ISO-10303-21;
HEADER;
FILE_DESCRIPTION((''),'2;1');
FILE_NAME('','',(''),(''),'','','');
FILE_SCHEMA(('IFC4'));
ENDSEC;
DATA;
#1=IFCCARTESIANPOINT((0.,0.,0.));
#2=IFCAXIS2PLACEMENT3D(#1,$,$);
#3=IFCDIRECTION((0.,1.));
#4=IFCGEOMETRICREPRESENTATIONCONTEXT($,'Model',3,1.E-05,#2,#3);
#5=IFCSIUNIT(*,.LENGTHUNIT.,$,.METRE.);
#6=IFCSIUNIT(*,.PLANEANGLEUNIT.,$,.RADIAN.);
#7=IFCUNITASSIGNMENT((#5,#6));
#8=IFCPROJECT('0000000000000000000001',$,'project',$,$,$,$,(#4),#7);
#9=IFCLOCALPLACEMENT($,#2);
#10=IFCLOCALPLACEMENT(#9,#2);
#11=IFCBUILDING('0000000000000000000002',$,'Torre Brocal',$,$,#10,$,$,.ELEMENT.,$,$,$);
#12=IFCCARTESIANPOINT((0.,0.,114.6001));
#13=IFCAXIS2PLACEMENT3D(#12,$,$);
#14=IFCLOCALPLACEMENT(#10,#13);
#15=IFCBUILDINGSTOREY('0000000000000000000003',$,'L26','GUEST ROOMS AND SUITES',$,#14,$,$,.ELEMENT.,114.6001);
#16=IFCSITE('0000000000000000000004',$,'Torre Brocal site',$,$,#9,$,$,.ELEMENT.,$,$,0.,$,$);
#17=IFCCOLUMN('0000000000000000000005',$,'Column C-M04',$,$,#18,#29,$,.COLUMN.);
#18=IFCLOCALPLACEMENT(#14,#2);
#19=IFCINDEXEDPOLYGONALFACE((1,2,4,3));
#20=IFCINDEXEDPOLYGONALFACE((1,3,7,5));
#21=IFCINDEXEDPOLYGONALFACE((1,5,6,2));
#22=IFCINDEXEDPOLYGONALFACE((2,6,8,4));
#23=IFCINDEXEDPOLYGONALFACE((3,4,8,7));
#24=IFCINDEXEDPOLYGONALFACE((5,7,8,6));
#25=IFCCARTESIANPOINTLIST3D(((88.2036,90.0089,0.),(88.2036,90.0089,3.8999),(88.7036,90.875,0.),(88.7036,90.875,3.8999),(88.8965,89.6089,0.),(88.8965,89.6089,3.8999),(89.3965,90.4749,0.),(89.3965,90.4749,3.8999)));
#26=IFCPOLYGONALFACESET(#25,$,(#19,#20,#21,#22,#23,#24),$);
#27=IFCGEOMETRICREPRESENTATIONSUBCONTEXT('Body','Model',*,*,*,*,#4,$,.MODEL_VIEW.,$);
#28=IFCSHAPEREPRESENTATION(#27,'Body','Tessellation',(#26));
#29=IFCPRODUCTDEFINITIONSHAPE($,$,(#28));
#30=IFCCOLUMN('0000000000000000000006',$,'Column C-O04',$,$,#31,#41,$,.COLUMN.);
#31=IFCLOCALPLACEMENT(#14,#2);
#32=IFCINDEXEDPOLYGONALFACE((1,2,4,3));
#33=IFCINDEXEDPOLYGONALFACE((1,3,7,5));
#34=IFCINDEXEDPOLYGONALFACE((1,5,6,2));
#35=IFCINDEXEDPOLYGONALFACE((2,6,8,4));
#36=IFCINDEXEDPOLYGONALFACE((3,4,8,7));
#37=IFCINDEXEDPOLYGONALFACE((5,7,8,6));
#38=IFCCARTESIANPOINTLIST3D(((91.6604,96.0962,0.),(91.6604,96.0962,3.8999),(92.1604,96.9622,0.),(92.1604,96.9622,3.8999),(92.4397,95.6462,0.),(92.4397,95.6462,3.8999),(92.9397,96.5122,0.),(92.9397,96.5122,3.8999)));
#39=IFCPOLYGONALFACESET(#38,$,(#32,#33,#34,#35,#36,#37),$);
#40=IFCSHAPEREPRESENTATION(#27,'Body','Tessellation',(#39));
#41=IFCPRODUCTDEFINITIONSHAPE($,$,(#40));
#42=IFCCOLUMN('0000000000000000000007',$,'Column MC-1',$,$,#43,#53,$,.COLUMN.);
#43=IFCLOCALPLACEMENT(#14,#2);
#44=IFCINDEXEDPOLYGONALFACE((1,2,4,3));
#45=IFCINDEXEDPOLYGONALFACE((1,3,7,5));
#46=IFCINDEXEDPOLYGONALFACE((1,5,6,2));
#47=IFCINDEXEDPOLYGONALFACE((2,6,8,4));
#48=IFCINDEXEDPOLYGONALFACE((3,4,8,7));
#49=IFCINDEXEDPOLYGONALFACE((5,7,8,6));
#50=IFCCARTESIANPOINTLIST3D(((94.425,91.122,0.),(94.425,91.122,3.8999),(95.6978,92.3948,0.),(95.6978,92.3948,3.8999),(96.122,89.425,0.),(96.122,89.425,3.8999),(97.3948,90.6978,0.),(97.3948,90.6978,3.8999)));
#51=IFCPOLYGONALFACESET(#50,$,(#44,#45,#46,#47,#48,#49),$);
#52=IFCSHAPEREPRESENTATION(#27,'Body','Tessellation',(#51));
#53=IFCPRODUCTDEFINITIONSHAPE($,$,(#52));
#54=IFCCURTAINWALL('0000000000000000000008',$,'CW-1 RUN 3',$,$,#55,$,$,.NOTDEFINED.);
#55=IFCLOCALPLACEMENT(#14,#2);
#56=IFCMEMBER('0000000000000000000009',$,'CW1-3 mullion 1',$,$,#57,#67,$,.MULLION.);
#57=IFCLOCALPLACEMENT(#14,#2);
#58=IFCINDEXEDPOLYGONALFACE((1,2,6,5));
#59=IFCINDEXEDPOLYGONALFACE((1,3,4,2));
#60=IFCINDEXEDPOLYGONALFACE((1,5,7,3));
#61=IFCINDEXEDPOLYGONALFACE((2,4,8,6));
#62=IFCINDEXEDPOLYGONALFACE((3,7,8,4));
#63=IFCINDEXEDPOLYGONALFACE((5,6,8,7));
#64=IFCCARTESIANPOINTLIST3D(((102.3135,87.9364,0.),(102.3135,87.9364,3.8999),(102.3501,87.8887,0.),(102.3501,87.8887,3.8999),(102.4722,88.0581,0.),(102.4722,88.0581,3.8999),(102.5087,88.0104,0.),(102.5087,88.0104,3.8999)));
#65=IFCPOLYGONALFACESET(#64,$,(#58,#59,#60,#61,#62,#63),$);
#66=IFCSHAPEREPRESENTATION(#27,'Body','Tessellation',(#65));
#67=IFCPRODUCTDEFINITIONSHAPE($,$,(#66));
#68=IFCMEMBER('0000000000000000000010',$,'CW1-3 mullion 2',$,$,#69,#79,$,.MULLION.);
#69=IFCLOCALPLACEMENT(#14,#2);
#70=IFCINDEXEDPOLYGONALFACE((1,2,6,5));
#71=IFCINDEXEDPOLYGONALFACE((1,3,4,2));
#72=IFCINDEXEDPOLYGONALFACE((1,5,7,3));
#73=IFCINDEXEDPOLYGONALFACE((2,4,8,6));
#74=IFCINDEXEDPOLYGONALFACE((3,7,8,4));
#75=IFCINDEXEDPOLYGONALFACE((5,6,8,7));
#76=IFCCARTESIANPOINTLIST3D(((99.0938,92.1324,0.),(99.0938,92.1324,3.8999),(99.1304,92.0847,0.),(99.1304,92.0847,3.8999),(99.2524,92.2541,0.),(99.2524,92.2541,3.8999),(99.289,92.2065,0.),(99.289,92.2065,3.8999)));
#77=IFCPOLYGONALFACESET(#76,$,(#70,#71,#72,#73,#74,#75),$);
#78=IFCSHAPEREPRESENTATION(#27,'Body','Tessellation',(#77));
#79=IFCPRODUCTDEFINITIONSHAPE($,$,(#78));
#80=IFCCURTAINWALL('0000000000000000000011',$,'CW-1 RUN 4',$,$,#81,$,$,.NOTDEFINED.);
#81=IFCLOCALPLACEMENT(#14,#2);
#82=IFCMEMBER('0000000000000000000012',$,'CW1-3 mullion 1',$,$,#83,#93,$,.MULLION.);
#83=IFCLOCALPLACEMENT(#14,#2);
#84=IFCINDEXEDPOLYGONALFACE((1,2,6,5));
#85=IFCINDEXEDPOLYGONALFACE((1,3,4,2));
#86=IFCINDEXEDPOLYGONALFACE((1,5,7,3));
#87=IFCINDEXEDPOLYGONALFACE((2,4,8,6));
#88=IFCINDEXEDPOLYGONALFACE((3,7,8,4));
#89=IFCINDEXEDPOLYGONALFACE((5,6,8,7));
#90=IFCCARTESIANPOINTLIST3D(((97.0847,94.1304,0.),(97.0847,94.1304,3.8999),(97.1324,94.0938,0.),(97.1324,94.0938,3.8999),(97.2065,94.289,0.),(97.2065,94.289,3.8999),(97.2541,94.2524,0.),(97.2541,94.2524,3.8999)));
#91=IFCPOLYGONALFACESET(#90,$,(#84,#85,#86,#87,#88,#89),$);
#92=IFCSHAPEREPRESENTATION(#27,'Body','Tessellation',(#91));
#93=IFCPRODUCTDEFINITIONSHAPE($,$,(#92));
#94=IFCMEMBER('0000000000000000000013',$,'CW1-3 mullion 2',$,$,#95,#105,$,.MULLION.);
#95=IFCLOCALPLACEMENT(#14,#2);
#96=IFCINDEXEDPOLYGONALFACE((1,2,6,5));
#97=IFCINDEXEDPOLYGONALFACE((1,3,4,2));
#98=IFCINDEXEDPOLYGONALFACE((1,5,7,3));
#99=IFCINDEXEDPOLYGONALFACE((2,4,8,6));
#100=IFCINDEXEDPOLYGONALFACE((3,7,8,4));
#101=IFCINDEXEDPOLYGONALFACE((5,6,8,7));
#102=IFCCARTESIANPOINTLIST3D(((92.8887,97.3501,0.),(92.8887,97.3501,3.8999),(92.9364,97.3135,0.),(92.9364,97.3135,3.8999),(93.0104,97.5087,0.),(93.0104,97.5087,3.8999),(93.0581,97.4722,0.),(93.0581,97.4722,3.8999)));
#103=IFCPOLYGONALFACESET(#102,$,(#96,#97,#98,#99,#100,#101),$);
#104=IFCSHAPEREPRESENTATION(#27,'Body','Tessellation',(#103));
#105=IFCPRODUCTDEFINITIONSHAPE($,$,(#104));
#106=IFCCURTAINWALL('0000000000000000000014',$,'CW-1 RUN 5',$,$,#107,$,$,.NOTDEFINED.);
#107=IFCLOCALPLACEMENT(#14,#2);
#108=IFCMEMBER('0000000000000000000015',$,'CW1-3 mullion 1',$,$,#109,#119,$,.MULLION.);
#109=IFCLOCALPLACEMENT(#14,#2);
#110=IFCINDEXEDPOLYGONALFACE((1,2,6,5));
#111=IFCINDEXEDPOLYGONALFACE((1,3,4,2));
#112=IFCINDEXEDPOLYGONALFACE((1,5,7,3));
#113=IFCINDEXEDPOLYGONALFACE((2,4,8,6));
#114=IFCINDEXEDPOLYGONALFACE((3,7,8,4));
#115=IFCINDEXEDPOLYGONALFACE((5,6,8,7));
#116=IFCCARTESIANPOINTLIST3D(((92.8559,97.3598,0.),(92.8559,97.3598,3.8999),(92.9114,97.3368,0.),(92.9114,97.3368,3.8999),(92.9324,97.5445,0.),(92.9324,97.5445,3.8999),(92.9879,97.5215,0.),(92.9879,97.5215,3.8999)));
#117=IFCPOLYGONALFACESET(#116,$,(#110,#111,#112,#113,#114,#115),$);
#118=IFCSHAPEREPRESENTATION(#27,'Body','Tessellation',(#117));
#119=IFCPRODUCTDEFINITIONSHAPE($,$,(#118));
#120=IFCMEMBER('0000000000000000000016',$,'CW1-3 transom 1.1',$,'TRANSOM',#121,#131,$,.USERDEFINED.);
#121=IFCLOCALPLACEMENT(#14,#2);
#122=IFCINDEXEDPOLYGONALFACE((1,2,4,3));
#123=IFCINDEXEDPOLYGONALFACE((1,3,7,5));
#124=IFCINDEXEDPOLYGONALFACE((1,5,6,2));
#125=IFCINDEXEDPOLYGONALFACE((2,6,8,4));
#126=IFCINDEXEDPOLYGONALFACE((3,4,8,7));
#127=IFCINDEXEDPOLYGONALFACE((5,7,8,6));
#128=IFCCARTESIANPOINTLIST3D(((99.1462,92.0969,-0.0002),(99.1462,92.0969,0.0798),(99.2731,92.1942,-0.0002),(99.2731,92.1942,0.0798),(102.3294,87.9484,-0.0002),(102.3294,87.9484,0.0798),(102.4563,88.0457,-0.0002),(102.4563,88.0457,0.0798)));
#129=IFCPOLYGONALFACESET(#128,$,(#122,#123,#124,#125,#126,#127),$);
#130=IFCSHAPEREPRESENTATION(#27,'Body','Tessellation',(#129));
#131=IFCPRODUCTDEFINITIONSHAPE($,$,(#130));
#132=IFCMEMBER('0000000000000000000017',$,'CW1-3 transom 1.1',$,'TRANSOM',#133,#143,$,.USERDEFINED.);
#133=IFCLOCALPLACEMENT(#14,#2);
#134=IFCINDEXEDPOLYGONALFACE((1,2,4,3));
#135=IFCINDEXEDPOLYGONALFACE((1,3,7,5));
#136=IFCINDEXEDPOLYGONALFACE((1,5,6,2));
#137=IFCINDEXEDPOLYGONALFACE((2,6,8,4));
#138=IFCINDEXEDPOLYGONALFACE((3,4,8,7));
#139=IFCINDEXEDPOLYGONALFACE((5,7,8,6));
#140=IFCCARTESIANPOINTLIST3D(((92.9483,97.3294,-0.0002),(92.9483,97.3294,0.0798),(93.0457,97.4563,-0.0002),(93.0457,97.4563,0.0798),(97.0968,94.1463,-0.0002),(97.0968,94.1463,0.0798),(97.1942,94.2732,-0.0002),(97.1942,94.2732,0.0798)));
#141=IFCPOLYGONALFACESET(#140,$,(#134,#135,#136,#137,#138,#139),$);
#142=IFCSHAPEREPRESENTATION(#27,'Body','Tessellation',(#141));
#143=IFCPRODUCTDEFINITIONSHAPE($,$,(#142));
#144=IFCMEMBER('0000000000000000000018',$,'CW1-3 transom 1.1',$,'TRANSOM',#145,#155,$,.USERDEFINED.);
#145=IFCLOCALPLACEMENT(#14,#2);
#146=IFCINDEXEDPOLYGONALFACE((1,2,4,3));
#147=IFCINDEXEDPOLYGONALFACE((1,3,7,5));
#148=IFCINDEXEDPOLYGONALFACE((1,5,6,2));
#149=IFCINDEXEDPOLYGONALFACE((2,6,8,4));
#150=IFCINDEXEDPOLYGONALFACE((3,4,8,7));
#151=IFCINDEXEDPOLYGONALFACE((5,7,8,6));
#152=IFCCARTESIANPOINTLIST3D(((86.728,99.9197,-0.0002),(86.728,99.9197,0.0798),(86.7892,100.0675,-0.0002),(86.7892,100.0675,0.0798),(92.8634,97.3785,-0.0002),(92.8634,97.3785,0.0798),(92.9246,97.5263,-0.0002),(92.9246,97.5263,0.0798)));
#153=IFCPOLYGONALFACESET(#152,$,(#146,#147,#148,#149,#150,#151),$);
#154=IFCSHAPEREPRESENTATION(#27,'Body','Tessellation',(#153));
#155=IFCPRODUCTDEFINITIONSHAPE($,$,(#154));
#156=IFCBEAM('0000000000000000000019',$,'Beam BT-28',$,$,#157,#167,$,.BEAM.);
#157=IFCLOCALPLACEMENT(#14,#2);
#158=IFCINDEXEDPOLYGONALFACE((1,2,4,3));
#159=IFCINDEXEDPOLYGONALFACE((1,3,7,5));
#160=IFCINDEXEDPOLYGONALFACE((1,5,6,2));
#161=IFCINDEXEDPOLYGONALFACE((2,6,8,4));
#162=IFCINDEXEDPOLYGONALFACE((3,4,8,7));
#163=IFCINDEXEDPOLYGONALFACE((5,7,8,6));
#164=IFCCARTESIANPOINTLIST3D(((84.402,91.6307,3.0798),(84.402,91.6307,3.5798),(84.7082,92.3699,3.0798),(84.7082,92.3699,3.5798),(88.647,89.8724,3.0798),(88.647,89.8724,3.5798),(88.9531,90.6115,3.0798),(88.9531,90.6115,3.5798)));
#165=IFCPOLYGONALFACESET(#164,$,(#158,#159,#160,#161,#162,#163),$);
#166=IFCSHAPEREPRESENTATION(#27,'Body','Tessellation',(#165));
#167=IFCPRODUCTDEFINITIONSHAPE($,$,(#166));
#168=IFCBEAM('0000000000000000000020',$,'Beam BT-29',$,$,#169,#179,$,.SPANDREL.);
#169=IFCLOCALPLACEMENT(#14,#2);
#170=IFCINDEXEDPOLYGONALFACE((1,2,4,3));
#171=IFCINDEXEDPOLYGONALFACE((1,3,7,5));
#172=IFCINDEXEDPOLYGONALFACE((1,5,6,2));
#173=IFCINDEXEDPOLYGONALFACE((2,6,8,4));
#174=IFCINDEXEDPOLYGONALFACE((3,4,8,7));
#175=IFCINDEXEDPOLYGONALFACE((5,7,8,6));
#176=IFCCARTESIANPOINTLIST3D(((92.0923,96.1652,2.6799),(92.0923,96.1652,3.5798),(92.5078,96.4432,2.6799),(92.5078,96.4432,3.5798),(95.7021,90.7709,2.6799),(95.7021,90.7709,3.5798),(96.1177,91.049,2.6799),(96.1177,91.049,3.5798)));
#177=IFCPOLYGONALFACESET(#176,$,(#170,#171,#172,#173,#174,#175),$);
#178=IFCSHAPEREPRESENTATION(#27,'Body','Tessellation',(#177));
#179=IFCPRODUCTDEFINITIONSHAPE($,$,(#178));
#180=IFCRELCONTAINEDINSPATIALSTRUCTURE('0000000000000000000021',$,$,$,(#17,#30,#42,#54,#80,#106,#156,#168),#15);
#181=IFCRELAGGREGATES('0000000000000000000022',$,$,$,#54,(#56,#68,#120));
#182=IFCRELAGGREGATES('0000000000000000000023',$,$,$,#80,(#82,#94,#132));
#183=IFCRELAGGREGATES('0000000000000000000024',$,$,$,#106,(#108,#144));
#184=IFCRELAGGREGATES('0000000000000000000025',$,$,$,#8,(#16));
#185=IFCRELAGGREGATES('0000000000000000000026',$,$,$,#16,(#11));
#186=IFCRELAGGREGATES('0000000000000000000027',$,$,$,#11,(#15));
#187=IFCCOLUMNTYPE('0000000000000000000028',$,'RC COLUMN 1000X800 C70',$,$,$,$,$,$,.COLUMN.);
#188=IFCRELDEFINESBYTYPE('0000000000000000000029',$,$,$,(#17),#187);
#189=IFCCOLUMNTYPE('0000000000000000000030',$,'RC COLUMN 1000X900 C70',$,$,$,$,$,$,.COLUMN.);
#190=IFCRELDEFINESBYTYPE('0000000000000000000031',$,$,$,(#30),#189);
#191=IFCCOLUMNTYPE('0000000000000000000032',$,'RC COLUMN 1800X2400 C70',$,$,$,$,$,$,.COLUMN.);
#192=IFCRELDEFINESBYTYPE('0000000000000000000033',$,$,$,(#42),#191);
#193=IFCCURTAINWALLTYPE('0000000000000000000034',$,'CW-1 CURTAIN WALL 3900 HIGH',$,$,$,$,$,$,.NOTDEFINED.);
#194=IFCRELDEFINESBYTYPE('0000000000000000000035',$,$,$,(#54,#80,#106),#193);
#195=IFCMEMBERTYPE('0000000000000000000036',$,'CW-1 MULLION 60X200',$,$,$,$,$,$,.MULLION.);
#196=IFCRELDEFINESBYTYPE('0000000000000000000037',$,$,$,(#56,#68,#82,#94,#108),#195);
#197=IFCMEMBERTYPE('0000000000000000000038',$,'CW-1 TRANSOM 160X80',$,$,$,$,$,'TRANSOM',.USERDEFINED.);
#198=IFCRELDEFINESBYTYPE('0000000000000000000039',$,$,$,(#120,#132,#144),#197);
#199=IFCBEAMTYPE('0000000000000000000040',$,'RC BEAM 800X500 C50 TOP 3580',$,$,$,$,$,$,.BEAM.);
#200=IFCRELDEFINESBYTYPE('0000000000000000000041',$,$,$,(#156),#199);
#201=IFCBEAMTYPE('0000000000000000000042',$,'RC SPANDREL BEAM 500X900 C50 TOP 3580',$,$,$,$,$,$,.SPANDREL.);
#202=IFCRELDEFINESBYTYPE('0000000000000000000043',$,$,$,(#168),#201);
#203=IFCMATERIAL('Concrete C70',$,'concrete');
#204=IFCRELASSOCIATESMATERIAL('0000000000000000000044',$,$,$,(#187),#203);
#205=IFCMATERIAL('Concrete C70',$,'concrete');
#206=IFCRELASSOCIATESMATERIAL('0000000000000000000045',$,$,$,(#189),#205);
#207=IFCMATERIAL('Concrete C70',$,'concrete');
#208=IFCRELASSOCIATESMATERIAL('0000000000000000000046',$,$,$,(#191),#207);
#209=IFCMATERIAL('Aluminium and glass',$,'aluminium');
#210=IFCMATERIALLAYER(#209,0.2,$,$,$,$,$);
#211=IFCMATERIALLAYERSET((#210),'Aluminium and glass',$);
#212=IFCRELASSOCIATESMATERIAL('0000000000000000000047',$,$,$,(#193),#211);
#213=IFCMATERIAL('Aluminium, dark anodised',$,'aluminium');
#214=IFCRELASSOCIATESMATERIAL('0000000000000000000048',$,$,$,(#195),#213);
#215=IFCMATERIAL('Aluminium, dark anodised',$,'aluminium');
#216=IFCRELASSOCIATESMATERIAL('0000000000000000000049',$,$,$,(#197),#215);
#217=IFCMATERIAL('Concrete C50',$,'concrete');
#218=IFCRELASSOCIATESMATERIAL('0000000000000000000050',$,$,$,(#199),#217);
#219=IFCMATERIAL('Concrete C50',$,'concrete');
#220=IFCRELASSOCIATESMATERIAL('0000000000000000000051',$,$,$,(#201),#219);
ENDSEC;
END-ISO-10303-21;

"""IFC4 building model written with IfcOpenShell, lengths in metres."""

from ifc_helpers import new_model, si_unit, direction, frame, origin, origin_2d, place, context, subcontext, project, spatial, rectangle, extrude, material, layer, layer_set, material_profile, profile_set, type_object, element, aggregate, save


model = new_model("IFC4")

# Units and contexts
model_context = context("Model", 3, precision=1e-05, world=origin(), true_north=direction((0.0, 1.0)))
body_context = subcontext(model_context, "Body", "Model", "MODEL_VIEW")
ifc_project = project(units=[si_unit("LENGTHUNIT", "METRE"), si_unit("PLANEANGLEUNIT", "RADIAN")], contexts=[model_context])

# Site, building, storey
site_placement = place(None, origin())
site = spatial("IfcSite", under=ifc_project, at=site_placement, Name="Torre Brocal site", CompositionType="ELEMENT", RefElevation=0.0)
building_placement = place(site_placement, origin())
building = spatial("IfcBuilding", under=site, at=building_placement, Name="Torre Brocal", CompositionType="ELEMENT")
storey_placement = place(building_placement, frame((0.0, 0.0, 114.6001)))
storey = spatial("IfcBuildingStorey", under=building, at=storey_placement, Name="L26", Description="GUEST ROOMS AND SUITES", CompositionType="ELEMENT", Elevation=114.6001)

# Columns
ifc_material_1 = material(Name="Concrete C70", Category="concrete")
ifc_material_profile_1 = material_profile(ifc_material_1, rectangle(XDim=1.0, YDim=0.8, at=origin_2d()), Name="RC 1000X800")
ifc_profile_set_1 = profile_set([ifc_material_profile_1], Name="Concrete C70")
column_type_1 = type_object("IfcColumnType", Name="RC COLUMN 1000X800 C70", PredefinedType="COLUMN", material=ifc_profile_set_1)
column_1_placement = place(storey_placement, frame((88.8, 90.2419, 0.0), z_axis=(0.0, 0.0, 1.0), x_axis=(0.5, 0.866025, 0.0)))
element("IfcColumn", 1, at=column_1_placement, inside=storey, type_object=column_type_1, Name="Column C-M04", PredefinedType="COLUMN", context=body_context, shape_type="SweptSolid", body=[
    extrude(rectangle(XDim=1.0, YDim=0.8, at=origin_2d()), origin(), (0.0, 0.0, 1.0), 3.8999),
])
ifc_material_2 = material(Name="Concrete C70", Category="concrete")
ifc_material_profile_2 = material_profile(ifc_material_2, rectangle(XDim=1.0, YDim=0.8999, at=origin_2d()), Name="RC 1000X900")
ifc_profile_set_2 = profile_set([ifc_material_profile_2], Name="Concrete C70")
column_type_2 = type_object("IfcColumnType", Name="RC COLUMN 1000X900 C70", PredefinedType="COLUMN", material=ifc_profile_set_2)
column_2_placement = place(storey_placement, frame((92.3, 96.3042, 0.0), z_axis=(0.0, 0.0, 1.0), x_axis=(0.5, 0.866025, 0.0)))
element("IfcColumn", 2, at=column_2_placement, inside=storey, type_object=column_type_2, Name="Column C-O04", PredefinedType="COLUMN", context=body_context, shape_type="SweptSolid", body=[
    extrude(rectangle(XDim=1.0, YDim=0.8999, at=origin_2d()), origin(), (0.0, 0.0, 1.0), 3.8999),
])
ifc_material_3 = material(Name="Concrete C70", Category="concrete")
ifc_material_profile_3 = material_profile(ifc_material_3, rectangle(XDim=1.8, YDim=2.3999, at=origin_2d()), Name="RC 1800X2400")
ifc_profile_set_3 = profile_set([ifc_material_profile_3], Name="Concrete C70")
column_type_3 = type_object("IfcColumnType", Name="RC COLUMN 1800X2400 C70", PredefinedType="COLUMN", material=ifc_profile_set_3)
column_3_placement = place(storey_placement, frame((95.9099, 90.9099, 0.0), z_axis=(0.0, 0.0, 1.0), x_axis=(0.707107, 0.707107, 0.0)))
element("IfcColumn", 3, at=column_3_placement, inside=storey, type_object=column_type_3, Name="Column MC-1", PredefinedType="COLUMN", context=body_context, shape_type="SweptSolid", body=[
    extrude(rectangle(XDim=1.8, YDim=2.3999, at=origin_2d()), origin(), (0.0, 0.0, 1.0), 3.8999),
])

# Curtain walls, members
ifc_material_4 = material(Name="Aluminium and glass", Category="aluminium")
ifc_layer_1 = layer(ifc_material_4, 0.2)
ifc_layer_set_1 = layer_set([ifc_layer_1], Name="Aluminium and glass")
curtain_wall_type = type_object("IfcCurtainWallType", Name="CW-1 CURTAIN WALL 3900 HIGH", PredefinedType="NOTDEFINED", material=ifc_layer_set_1)
curtain_wall_1_placement = place(storey_placement, origin())
curtain_wall_1 = element("IfcCurtainWall", 4, at=curtain_wall_1_placement, inside=storey, type_object=curtain_wall_type, Name="CW-1 RUN 3", PredefinedType="NOTDEFINED")
ifc_material_5 = material(Name="Aluminium, dark anodised", Category="aluminium")
ifc_material_profile_4 = material_profile(ifc_material_5, rectangle(XDim=0.2, YDim=0.0601, at=origin_2d()), Name="CW-1 MULLION 60X200")
ifc_profile_set_4 = profile_set([ifc_material_profile_4], Name="Aluminium, dark anodised")
member_type_1 = type_object("IfcMemberType", Name="CW-1 MULLION 60X200", PredefinedType="MULLION", material=ifc_profile_set_4)
member_1_placement = place(storey_placement, frame((102.4111, 87.9734, 0.0), z_axis=(0.0, 0.0, 1.0), x_axis=(-0.793353, -0.608761, 0.0)))
member_1 = element("IfcMember", 5, at=member_1_placement, type_object=member_type_1, Name="CW1-3 mullion 1", PredefinedType="MULLION", context=body_context, shape_type="SweptSolid", body=[
    extrude(rectangle(XDim=0.2, YDim=0.0601, at=origin_2d()), origin(), (0.0, 0.0, 1.0), 3.8999),
])
member_2_placement = place(storey_placement, frame((99.1914, 92.1694, 0.0), z_axis=(0.0, 0.0, 1.0), x_axis=(-0.793353, -0.608761, 0.0)))
member_2 = element("IfcMember", 6, at=member_2_placement, type_object=member_type_1, Name="CW1-3 mullion 2", PredefinedType="MULLION", context=body_context, shape_type="SweptSolid", body=[
    extrude(rectangle(XDim=0.2, YDim=0.0601, at=origin_2d()), origin(), (0.0, 0.0, 1.0), 3.8999),
])
curtain_wall_2_placement = place(storey_placement, origin())
curtain_wall_2 = element("IfcCurtainWall", 7, at=curtain_wall_2_placement, inside=storey, type_object=curtain_wall_type, Name="CW-1 RUN 4", PredefinedType="NOTDEFINED")
member_3_placement = place(storey_placement, frame((97.1694, 94.1914, 0.0), z_axis=(0.0, 0.0, 1.0), x_axis=(-0.608761, -0.793353, 0.0)))
member_3 = element("IfcMember", 8, at=member_3_placement, type_object=member_type_1, Name="CW1-3 mullion 1", PredefinedType="MULLION", context=body_context, shape_type="SweptSolid", body=[
    extrude(rectangle(XDim=0.2, YDim=0.0601, at=origin_2d()), origin(), (0.0, 0.0, 1.0), 3.8999),
])
member_4_placement = place(storey_placement, frame((92.9734, 97.4111, 0.0), z_axis=(0.0, 0.0, 1.0), x_axis=(-0.608761, -0.793353, 0.0)))
member_4 = element("IfcMember", 9, at=member_4_placement, type_object=member_type_1, Name="CW1-3 mullion 2", PredefinedType="MULLION", context=body_context, shape_type="SweptSolid", body=[
    extrude(rectangle(XDim=0.2, YDim=0.0601, at=origin_2d()), origin(), (0.0, 0.0, 1.0), 3.8999),
])

# Curtain wall, member
curtain_wall_3_placement = place(storey_placement, origin())
curtain_wall_3 = element("IfcCurtainWall", 10, at=curtain_wall_3_placement, inside=storey, type_object=curtain_wall_type, Name="CW-1 RUN 5", PredefinedType="NOTDEFINED")
member_5_placement = place(storey_placement, frame((92.9219, 97.4407, 0.0), z_axis=(0.0, 0.0, 1.0), x_axis=(-0.382683, -0.92388, 0.0)))
member_5 = element("IfcMember", 11, at=member_5_placement, type_object=member_type_1, Name="CW1-3 mullion 1", PredefinedType="MULLION", context=body_context, shape_type="SweptSolid", body=[
    extrude(rectangle(XDim=0.2, YDim=0.0601, at=origin_2d()), origin(), (0.0, 0.0, 1.0), 3.8999),
])

# Members
ifc_material_6 = material(Name="Aluminium, dark anodised", Category="aluminium")
ifc_material_profile_5 = material_profile(ifc_material_6, rectangle(XDim=0.1599, YDim=0.0801, at=origin_2d()), Name="CW-1 TRANSOM 160X80")
ifc_profile_set_5 = profile_set([ifc_material_profile_5], Name="Aluminium, dark anodised")
member_type_2 = type_object("IfcMemberType", Name="CW-1 TRANSOM 160X80", ElementType="TRANSOM", PredefinedType="USERDEFINED", material=ifc_profile_set_5)
member_6_placement = place(storey_placement, frame((102.3928, 87.9971, 0.0398), z_axis=(-0.608749, 0.793363, 0.0), x_axis=(-0.793363, -0.608749, 0.0)))
member_6 = element("IfcMember", 12, at=member_6_placement, type_object=member_type_2, Name="CW1-3 transom 1.1", ObjectType="TRANSOM", PredefinedType="USERDEFINED", context=body_context, shape_type="SweptSolid", body=[
    extrude(rectangle(XDim=0.1599, YDim=0.0801, at=origin_2d()), origin(), (0.0, 0.0, 1.0), 5.229),
])
member_7_placement = place(storey_placement, frame((97.1455, 94.2097, 0.0398), z_axis=(-0.793363, 0.608749, 0.0), x_axis=(-0.608749, -0.793363, 0.0)))
member_7 = element("IfcMember", 13, at=member_7_placement, type_object=member_type_2, Name="CW1-3 transom 1.1", ObjectType="TRANSOM", PredefinedType="USERDEFINED", context=body_context, shape_type="SweptSolid", body=[
    extrude(rectangle(XDim=0.1599, YDim=0.0801, at=origin_2d()), origin(), (0.0, 0.0, 1.0), 5.229),
])
member_8_placement = place(storey_placement, frame((92.894, 97.4524, 0.0398), z_axis=(-0.923887, 0.382665, 0.0), x_axis=(-0.382665, -0.923887, 0.0)))
member_8 = element("IfcMember", 14, at=member_8_placement, type_object=member_type_2, Name="CW1-3 transom 1.1", ObjectType="TRANSOM", PredefinedType="USERDEFINED", context=body_context, shape_type="SweptSolid", body=[
    extrude(rectangle(XDim=0.1599, YDim=0.0801, at=origin_2d()), origin(), (0.0, 0.0, 1.0), 6.6409),
])

# Beams
ifc_material_7 = material(Name="Concrete C50", Category="concrete")
ifc_material_profile_6 = material_profile(ifc_material_7, rectangle(XDim=0.8, YDim=0.5, at=origin_2d()), Name="RC 800X500")
ifc_profile_set_6 = profile_set([ifc_material_profile_6], Name="Concrete C50")
beam_type_1 = type_object("IfcBeamType", Name="RC BEAM 800X500 C50 TOP 3580", PredefinedType="BEAM", material=ifc_profile_set_6)
beam_1_placement = place(storey_placement, frame((88.8, 90.2419, 3.3298), z_axis=(-0.923878, 0.382687, 0.0), x_axis=(-0.382687, -0.923878, 0.0)))
element("IfcBeam", 15, at=beam_1_placement, inside=storey, type_object=beam_type_1, Name="Beam BT-28", PredefinedType="BEAM", context=body_context, shape_type="SweptSolid", body=[
    extrude(rectangle(XDim=0.8, YDim=0.5, at=origin_2d()), origin(), (0.0, 0.0, 1.0), 4.5947),
])
ifc_material_8 = material(Name="Concrete C50", Category="concrete")
ifc_material_profile_7 = material_profile(ifc_material_8, rectangle(XDim=0.5, YDim=0.8999, at=origin_2d()), Name="RC 500X900")
ifc_profile_set_7 = profile_set([ifc_material_profile_7], Name="Concrete C50")
beam_type_2 = type_object("IfcBeamType", Name="RC SPANDREL BEAM 500X900 C50 TOP 3580", PredefinedType="SPANDREL", material=ifc_profile_set_7)
beam_2_placement = place(storey_placement, frame((95.9099, 90.9099, 3.1299), z_axis=(-0.556158, 0.831077, 0.0), x_axis=(-0.831077, -0.556158, 0.0)))
element("IfcBeam", 16, at=beam_2_placement, inside=storey, type_object=beam_type_2, Name="Beam BT-29", PredefinedType="SPANDREL", context=body_context, shape_type="SweptSolid", body=[
    extrude(rectangle(XDim=0.5, YDim=0.8999, at=origin_2d()), origin(), (0.0, 0.0, 1.0), 6.4907),
])

aggregate(curtain_wall_1, [member_1, member_2, member_6])
aggregate(curtain_wall_2, [member_3, member_4, member_7])
aggregate(curtain_wall_3, [member_5, member_8])

save(model, "model.ifc")
